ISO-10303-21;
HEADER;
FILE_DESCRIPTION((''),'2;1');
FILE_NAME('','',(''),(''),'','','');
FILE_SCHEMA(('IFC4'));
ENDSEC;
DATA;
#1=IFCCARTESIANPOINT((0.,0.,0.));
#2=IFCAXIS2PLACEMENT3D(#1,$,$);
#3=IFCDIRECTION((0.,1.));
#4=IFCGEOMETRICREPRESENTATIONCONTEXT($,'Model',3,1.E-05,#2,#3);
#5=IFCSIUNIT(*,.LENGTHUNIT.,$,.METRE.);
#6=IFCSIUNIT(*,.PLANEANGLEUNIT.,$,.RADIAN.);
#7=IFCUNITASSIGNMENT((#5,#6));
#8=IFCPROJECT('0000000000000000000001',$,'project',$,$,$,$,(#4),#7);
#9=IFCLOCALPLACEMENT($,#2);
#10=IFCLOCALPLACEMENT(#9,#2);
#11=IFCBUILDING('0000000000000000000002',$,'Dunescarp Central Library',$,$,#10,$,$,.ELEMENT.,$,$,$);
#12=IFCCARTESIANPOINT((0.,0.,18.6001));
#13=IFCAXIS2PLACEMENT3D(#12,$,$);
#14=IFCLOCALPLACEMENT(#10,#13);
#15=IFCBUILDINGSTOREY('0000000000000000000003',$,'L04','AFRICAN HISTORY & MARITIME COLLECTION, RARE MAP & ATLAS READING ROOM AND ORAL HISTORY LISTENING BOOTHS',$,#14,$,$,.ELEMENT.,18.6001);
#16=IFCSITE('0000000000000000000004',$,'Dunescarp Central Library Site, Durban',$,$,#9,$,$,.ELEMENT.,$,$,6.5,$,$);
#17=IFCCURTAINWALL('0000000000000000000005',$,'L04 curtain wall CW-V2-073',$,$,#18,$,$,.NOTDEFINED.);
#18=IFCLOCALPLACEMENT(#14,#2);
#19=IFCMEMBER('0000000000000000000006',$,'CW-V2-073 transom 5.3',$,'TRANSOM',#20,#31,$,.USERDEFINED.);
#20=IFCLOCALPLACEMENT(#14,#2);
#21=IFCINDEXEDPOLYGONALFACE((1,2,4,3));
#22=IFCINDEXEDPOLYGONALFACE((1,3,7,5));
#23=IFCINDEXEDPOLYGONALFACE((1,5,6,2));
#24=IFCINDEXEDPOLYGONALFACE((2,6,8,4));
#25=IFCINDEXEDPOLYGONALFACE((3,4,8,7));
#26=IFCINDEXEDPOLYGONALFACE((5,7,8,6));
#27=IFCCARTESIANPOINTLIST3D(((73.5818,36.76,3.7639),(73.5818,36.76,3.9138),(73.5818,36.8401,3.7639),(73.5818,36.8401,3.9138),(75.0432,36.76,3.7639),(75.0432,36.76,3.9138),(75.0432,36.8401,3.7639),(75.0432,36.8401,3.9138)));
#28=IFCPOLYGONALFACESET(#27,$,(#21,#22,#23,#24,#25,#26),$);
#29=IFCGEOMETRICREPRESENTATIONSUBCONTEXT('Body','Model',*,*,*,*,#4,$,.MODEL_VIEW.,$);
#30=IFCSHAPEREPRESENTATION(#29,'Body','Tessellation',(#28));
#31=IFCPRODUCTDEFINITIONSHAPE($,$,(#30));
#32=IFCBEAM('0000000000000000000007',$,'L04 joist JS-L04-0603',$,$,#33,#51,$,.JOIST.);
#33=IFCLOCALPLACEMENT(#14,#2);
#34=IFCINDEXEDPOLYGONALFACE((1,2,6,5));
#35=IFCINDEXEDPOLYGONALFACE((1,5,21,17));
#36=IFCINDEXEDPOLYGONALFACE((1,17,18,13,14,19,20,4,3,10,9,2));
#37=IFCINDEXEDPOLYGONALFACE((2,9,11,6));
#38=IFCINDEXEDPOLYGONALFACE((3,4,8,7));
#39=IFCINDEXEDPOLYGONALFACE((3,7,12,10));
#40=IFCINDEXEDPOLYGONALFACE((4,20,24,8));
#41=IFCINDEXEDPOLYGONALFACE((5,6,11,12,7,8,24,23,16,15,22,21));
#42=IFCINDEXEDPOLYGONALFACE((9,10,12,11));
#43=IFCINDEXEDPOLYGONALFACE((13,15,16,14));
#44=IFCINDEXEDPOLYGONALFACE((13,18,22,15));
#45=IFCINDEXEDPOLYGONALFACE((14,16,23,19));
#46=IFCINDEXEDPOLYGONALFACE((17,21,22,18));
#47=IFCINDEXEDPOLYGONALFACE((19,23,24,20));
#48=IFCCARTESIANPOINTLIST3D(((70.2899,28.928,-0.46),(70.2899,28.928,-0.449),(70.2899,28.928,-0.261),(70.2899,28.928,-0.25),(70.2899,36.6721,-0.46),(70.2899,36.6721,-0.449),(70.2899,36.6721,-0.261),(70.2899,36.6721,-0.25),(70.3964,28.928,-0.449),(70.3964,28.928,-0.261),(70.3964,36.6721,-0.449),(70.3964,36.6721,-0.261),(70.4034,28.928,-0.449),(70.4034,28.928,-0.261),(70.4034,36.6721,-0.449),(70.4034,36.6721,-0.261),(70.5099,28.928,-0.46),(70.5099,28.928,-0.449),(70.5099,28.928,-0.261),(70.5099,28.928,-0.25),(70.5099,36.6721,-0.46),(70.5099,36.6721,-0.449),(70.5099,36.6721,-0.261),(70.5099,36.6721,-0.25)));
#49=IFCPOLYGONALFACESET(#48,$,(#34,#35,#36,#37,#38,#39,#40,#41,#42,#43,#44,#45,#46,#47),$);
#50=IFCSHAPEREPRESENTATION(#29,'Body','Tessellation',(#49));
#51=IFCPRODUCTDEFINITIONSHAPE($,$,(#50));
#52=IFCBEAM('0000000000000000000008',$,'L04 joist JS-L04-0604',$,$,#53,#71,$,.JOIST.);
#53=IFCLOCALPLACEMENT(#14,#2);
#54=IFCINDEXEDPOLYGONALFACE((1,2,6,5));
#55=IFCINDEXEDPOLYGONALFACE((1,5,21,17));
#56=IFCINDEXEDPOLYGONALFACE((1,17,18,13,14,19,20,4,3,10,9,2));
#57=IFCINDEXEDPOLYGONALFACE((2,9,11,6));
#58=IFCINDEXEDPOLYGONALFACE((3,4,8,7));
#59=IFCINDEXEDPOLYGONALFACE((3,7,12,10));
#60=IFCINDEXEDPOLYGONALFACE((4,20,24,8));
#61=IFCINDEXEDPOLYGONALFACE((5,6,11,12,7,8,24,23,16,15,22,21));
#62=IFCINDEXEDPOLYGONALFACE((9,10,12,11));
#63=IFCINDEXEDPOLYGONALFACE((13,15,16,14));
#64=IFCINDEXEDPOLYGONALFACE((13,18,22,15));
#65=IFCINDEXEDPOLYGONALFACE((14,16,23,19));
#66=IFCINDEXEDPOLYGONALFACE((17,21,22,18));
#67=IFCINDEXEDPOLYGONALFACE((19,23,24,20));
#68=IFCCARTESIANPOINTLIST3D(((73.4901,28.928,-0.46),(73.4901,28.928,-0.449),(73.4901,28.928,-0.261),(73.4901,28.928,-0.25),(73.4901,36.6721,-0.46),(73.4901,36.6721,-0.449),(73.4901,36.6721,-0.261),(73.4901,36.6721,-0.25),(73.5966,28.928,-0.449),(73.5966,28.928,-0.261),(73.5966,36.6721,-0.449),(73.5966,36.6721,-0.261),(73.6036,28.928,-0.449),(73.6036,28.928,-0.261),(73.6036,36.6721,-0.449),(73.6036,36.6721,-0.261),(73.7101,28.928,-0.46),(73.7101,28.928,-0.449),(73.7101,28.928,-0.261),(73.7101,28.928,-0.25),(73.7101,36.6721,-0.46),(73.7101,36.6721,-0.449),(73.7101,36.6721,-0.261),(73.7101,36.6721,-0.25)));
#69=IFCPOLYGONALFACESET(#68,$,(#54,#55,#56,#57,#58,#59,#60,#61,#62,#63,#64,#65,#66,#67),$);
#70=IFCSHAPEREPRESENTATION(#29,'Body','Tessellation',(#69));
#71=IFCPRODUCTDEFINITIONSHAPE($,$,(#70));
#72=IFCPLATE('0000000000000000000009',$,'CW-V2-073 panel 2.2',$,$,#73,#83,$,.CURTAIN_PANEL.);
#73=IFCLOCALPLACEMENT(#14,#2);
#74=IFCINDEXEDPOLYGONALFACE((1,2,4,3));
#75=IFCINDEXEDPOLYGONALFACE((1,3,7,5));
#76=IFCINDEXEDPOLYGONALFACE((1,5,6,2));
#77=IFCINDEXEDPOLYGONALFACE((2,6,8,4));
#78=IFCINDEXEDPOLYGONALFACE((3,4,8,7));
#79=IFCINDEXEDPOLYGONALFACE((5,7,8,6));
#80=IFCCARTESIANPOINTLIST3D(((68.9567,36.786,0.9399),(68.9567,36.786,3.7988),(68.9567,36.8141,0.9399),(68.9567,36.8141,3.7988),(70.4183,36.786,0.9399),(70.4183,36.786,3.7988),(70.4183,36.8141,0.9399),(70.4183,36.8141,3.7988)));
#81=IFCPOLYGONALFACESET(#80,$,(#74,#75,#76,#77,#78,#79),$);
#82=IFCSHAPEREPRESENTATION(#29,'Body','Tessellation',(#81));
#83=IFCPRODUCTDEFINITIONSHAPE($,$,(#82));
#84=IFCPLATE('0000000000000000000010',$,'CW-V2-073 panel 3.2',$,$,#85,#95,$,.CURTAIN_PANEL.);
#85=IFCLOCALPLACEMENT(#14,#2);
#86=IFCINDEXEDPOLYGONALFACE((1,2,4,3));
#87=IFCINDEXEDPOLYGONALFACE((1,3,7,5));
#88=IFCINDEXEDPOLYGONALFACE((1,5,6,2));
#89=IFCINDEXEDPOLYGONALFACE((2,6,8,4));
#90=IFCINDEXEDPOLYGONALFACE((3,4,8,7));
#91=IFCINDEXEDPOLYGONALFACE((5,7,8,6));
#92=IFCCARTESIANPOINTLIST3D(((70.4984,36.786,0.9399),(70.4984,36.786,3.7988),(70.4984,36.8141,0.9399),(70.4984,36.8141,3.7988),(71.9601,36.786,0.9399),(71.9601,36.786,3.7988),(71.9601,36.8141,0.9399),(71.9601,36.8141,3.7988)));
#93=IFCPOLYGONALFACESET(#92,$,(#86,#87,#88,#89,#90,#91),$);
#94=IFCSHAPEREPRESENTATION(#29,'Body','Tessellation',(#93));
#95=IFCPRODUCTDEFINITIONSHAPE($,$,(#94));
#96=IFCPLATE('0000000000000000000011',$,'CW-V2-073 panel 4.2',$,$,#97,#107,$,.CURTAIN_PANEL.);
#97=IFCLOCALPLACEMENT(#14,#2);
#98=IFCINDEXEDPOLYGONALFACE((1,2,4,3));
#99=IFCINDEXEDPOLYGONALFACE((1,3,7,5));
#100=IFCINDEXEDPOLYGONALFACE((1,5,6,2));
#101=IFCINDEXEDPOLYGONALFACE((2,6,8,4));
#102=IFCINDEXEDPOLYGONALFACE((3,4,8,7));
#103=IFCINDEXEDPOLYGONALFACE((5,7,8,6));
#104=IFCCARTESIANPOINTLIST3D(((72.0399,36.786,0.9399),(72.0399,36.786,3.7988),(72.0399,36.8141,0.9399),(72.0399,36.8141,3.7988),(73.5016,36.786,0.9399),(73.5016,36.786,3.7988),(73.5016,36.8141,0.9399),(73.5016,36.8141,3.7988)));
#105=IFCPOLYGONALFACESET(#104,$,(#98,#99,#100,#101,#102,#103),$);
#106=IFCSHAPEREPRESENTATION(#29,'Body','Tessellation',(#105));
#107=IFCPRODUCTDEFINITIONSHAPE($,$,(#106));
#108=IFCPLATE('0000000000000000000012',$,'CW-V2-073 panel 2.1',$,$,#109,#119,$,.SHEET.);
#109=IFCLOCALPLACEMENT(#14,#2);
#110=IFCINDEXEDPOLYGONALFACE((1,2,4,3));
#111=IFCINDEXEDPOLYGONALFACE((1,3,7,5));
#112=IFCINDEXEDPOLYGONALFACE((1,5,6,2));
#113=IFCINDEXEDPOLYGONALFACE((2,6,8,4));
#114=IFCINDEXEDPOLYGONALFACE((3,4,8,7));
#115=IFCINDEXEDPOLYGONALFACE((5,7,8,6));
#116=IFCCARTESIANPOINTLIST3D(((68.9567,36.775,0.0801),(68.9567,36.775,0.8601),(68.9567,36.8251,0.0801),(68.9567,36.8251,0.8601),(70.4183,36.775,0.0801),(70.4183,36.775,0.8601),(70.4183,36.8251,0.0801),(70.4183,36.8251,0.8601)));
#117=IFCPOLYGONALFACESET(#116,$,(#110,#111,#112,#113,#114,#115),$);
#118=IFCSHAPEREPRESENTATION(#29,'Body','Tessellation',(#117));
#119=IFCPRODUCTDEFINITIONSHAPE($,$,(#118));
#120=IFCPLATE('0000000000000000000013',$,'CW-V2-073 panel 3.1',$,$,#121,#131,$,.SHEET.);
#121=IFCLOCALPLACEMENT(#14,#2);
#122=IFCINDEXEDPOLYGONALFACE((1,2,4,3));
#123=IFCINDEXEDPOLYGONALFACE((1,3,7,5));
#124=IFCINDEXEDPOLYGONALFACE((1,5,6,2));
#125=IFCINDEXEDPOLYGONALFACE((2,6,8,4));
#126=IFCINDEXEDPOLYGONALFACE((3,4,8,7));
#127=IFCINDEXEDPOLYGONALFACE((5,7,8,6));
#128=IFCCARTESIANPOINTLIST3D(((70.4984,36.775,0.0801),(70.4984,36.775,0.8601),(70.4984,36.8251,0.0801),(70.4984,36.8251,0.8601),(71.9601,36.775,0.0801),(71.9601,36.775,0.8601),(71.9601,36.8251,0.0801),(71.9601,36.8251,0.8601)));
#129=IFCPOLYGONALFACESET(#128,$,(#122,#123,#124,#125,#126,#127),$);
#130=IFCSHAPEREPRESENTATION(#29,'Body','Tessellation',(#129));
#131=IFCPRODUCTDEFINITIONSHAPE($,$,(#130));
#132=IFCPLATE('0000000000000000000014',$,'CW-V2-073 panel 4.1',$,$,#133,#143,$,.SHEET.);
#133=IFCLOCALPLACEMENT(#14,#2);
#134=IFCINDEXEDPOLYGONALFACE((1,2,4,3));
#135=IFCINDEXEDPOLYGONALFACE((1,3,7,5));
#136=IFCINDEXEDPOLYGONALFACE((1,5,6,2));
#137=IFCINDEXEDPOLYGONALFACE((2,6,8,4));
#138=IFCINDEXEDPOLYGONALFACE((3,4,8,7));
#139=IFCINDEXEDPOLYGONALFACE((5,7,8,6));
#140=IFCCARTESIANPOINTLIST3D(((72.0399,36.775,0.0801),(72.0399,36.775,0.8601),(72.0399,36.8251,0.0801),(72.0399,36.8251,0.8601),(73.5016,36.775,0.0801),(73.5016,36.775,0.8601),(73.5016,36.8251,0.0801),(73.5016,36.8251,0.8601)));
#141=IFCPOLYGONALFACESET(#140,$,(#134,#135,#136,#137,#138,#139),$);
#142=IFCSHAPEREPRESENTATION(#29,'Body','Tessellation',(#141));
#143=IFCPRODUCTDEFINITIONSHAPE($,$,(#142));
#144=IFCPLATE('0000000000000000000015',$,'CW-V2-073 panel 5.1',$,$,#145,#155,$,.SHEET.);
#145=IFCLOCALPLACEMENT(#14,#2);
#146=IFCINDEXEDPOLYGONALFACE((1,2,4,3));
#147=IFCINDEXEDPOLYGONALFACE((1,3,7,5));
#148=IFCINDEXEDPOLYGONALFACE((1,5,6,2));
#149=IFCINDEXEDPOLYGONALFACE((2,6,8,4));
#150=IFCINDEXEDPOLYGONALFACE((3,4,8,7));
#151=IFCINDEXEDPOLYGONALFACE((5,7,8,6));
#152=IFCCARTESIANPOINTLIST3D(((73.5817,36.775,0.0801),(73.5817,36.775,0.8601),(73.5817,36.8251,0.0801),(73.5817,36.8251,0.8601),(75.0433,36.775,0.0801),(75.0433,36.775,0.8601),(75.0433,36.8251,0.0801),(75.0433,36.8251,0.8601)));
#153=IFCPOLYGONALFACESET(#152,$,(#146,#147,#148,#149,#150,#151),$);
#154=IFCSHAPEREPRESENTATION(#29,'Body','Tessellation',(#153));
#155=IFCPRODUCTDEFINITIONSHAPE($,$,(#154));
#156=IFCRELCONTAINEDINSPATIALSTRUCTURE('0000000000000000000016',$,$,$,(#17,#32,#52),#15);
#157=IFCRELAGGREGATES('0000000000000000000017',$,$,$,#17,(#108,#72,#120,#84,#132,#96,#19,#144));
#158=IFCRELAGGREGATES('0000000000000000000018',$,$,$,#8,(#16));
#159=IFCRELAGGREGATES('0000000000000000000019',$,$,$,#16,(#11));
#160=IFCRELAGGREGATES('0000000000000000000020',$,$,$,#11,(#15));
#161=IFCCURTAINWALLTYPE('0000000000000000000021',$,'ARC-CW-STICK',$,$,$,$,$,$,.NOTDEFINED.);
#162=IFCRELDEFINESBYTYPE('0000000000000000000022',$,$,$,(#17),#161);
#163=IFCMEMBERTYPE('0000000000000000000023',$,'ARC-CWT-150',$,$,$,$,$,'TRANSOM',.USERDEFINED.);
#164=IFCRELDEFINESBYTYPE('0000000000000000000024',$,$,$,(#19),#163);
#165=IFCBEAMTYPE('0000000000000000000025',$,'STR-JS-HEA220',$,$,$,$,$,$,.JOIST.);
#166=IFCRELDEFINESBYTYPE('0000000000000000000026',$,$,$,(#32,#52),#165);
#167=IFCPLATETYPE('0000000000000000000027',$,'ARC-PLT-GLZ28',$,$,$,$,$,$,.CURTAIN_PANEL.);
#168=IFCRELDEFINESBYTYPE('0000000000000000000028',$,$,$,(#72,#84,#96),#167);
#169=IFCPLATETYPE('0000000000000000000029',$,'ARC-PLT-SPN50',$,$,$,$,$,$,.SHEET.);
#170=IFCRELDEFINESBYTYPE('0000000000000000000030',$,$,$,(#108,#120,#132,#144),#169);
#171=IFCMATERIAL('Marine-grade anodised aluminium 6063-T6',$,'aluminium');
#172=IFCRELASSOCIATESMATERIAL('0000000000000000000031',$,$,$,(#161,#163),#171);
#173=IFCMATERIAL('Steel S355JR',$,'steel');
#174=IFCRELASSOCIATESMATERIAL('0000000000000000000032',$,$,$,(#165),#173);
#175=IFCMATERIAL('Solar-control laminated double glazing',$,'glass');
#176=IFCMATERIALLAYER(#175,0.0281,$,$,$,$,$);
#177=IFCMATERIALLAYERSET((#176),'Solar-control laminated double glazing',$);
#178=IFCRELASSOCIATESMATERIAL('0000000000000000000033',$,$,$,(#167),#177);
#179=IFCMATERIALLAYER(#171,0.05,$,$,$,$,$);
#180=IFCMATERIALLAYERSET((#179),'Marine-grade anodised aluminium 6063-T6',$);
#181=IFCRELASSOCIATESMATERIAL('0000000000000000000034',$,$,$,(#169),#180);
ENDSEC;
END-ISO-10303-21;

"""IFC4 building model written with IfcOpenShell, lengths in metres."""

from ifc_helpers import new_model, si_unit, direction, frame, origin, origin_2d, place, context, subcontext, project, spatial, rectangle, i_section, extrude, material, layer, layer_set, material_profile, profile_set, type_object, element, aggregate, save


model = new_model("IFC4")

# Units and contexts
model_context = context("Model", 3, precision=1e-05, world=origin(), true_north=direction((0.0, 1.0)))
body_context = subcontext(model_context, "Body", "Model", "MODEL_VIEW")
ifc_project = project(units=[si_unit("LENGTHUNIT", "METRE"), si_unit("PLANEANGLEUNIT", "RADIAN")], contexts=[model_context])

# Site, building, storey
site_placement = place(None, origin())
site = spatial("IfcSite", under=ifc_project, at=site_placement, Name="Dunescarp Central Library Site, Durban", CompositionType="ELEMENT", RefElevation=6.5)
building_placement = place(site_placement, origin())
building = spatial("IfcBuilding", under=site, at=building_placement, Name="Dunescarp Central Library", CompositionType="ELEMENT")
storey_placement = place(building_placement, frame((0.0, 0.0, 18.6001)))
storey = spatial("IfcBuildingStorey", under=building, at=storey_placement, Name="L04", Description="AFRICAN HISTORY & MARITIME COLLECTION, RARE MAP & ATLAS READING ROOM AND ORAL HISTORY LISTENING BOOTHS", CompositionType="ELEMENT", Elevation=18.6001)

# Curtain wall, member
ifc_material_1 = material(Name="Marine-grade anodised aluminium 6063-T6", Category="aluminium")
curtain_wall_type = type_object("IfcCurtainWallType", Name="ARC-CW-STICK", PredefinedType="NOTDEFINED", material=ifc_material_1)
curtain_wall_placement = place(storey_placement, origin())
curtain_wall = element("IfcCurtainWall", 1, at=curtain_wall_placement, inside=storey, type_object=curtain_wall_type, Name="L04 curtain wall CW-V2-073", PredefinedType="NOTDEFINED")
ifc_material_profile_1 = material_profile(ifc_material_1, rectangle(XDim=0.0801, YDim=0.1499, at=origin_2d()), Name="AL 80x150")
ifc_profile_set_1 = profile_set([ifc_material_profile_1], Name="Marine-grade anodised aluminium 6063-T6")
member_type_1 = type_object("IfcMemberType", Name="ARC-CWT-150", ElementType="TRANSOM", PredefinedType="USERDEFINED", material=ifc_profile_set_1)
member_1_placement = place(storey_placement, frame((73.5818, 36.8, 3.8389), z_axis=(1.0, 0.0, 0.0), x_axis=(0.0, 1.0, 0.0)))
member_1 = element("IfcMember", 2, at=member_1_placement, type_object=member_type_1, Name="CW-V2-073 transom 5.3", ObjectType="TRANSOM", PredefinedType="USERDEFINED", context=body_context, shape_type="SweptSolid", body=[
    extrude(rectangle(XDim=0.0801, YDim=0.1499, at=origin_2d()), origin(), (0.0, 0.0, 1.0), 1.4614),
])

# Beams
ifc_material_2 = material(Name="Steel S355JR", Category="steel")
ifc_material_profile_2 = material_profile(ifc_material_2, i_section(OverallWidth=0.22, OverallDepth=0.21, WebThickness=0.0071, FlangeThickness=0.011, at=origin_2d()), Name="HEA 220")
ifc_profile_set_2 = profile_set([ifc_material_profile_2], Name="Steel S355JR")
beam_type = type_object("IfcBeamType", Name="STR-JS-HEA220", PredefinedType="JOIST", material=ifc_profile_set_2)
for number, where, z_axis, x_axis, name in (
    (3, (70.3999, 28.928, -0.355), (0.0, 1.0, 0.0), (-1.0, 0.0, 0.0), "L04 joist JS-L04-0603"),
    (4, (73.6001, 28.928, -0.355), (0.0, 1.0, 0.0), (-1.0, 0.0, 0.0), "L04 joist JS-L04-0604"),
):
    element("IfcBeam", number, at=place(storey_placement, frame(where, z_axis=z_axis, x_axis=x_axis)), inside=storey, type_object=beam_type, Name=name, PredefinedType="JOIST", context=body_context, shape_type="SweptSolid", body=[
        extrude(i_section(OverallWidth=0.22, OverallDepth=0.21, WebThickness=0.0071, FlangeThickness=0.011, at=origin_2d()), origin(), (0.0, 0.0, 1.0), 7.7441),
    ])

# Plates
ifc_material_3 = material(Name="Solar-control laminated double glazing", Category="glass")
ifc_layer_1 = layer(ifc_material_3, 0.0281)
ifc_layer_set_1 = layer_set([ifc_layer_1], Name="Solar-control laminated double glazing")
plate_type_1 = type_object("IfcPlateType", Name="ARC-PLT-GLZ28", PredefinedType="CURTAIN_PANEL", material=ifc_layer_set_1)
plate_1_placement = place(storey_placement, frame((69.6875, 36.8, 0.9399), z_axis=(0.0, 0.0, 1.0), x_axis=(1.0, 0.0, 0.0)))
plate_1 = element("IfcPlate", 5, at=plate_1_placement, type_object=plate_type_1, Name="CW-V2-073 panel 2.2", PredefinedType="CURTAIN_PANEL", context=body_context, shape_type="SweptSolid", body=[
    extrude(rectangle(XDim=1.4617, YDim=0.0281, at=origin_2d()), origin(), (0.0, 0.0, 1.0), 2.8589),
])
plate_2_placement = place(storey_placement, frame((71.2292, 36.8, 0.9399), z_axis=(0.0, 0.0, 1.0), x_axis=(1.0, 0.0, 0.0)))
plate_2 = element("IfcPlate", 6, at=plate_2_placement, type_object=plate_type_1, Name="CW-V2-073 panel 3.2", PredefinedType="CURTAIN_PANEL", context=body_context, shape_type="SweptSolid", body=[
    extrude(rectangle(XDim=1.4617, YDim=0.0281, at=origin_2d()), origin(), (0.0, 0.0, 1.0), 2.8589),
])
plate_3_placement = place(storey_placement, frame((72.7708, 36.8, 0.9399), z_axis=(0.0, 0.0, 1.0), x_axis=(1.0, 0.0, 0.0)))
plate_3 = element("IfcPlate", 7, at=plate_3_placement, type_object=plate_type_1, Name="CW-V2-073 panel 4.2", PredefinedType="CURTAIN_PANEL", context=body_context, shape_type="SweptSolid", body=[
    extrude(rectangle(XDim=1.4617, YDim=0.0281, at=origin_2d()), origin(), (0.0, 0.0, 1.0), 2.8589),
])
ifc_layer_2 = layer(ifc_material_1, 0.05)
ifc_layer_set_2 = layer_set([ifc_layer_2], Name="Marine-grade anodised aluminium 6063-T6")
plate_type_2 = type_object("IfcPlateType", Name="ARC-PLT-SPN50", PredefinedType="SHEET", material=ifc_layer_set_2)
plate_4_placement = place(storey_placement, frame((69.6875, 36.8, 0.0801), z_axis=(0.0, 0.0, 1.0), x_axis=(1.0, 0.0, 0.0)))
plate_4 = element("IfcPlate", 8, at=plate_4_placement, type_object=plate_type_2, Name="CW-V2-073 panel 2.1", PredefinedType="SHEET", context=body_context, shape_type="SweptSolid", body=[
    extrude(rectangle(XDim=1.4617, YDim=0.05, at=origin_2d()), origin(), (0.0, 0.0, 1.0), 0.78),
])
plate_5_placement = place(storey_placement, frame((71.2292, 36.8, 0.0801), z_axis=(0.0, 0.0, 1.0), x_axis=(1.0, 0.0, 0.0)))
plate_5 = element("IfcPlate", 9, at=plate_5_placement, type_object=plate_type_2, Name="CW-V2-073 panel 3.1", PredefinedType="SHEET", context=body_context, shape_type="SweptSolid", body=[
    extrude(rectangle(XDim=1.4617, YDim=0.05, at=origin_2d()), origin(), (0.0, 0.0, 1.0), 0.78),
])
plate_6_placement = place(storey_placement, frame((72.7708, 36.8, 0.0801), z_axis=(0.0, 0.0, 1.0), x_axis=(1.0, 0.0, 0.0)))
plate_6 = element("IfcPlate", 10, at=plate_6_placement, type_object=plate_type_2, Name="CW-V2-073 panel 4.1", PredefinedType="SHEET", context=body_context, shape_type="SweptSolid", body=[
    extrude(rectangle(XDim=1.4617, YDim=0.05, at=origin_2d()), origin(), (0.0, 0.0, 1.0), 0.78),
])
plate_7_placement = place(storey_placement, frame((74.3125, 36.8, 0.0801), z_axis=(0.0, 0.0, 1.0), x_axis=(1.0, 0.0, 0.0)))
plate_7 = element("IfcPlate", 11, at=plate_7_placement, type_object=plate_type_2, Name="CW-V2-073 panel 5.1", PredefinedType="SHEET", context=body_context, shape_type="SweptSolid", body=[
    extrude(rectangle(XDim=1.4617, YDim=0.05, at=origin_2d()), origin(), (0.0, 0.0, 1.0), 0.78),
])
aggregate(curtain_wall, [plate_4, plate_1, plate_5, plate_2, plate_6, plate_3, member_1, plate_7])

save(model, "model.ifc")
